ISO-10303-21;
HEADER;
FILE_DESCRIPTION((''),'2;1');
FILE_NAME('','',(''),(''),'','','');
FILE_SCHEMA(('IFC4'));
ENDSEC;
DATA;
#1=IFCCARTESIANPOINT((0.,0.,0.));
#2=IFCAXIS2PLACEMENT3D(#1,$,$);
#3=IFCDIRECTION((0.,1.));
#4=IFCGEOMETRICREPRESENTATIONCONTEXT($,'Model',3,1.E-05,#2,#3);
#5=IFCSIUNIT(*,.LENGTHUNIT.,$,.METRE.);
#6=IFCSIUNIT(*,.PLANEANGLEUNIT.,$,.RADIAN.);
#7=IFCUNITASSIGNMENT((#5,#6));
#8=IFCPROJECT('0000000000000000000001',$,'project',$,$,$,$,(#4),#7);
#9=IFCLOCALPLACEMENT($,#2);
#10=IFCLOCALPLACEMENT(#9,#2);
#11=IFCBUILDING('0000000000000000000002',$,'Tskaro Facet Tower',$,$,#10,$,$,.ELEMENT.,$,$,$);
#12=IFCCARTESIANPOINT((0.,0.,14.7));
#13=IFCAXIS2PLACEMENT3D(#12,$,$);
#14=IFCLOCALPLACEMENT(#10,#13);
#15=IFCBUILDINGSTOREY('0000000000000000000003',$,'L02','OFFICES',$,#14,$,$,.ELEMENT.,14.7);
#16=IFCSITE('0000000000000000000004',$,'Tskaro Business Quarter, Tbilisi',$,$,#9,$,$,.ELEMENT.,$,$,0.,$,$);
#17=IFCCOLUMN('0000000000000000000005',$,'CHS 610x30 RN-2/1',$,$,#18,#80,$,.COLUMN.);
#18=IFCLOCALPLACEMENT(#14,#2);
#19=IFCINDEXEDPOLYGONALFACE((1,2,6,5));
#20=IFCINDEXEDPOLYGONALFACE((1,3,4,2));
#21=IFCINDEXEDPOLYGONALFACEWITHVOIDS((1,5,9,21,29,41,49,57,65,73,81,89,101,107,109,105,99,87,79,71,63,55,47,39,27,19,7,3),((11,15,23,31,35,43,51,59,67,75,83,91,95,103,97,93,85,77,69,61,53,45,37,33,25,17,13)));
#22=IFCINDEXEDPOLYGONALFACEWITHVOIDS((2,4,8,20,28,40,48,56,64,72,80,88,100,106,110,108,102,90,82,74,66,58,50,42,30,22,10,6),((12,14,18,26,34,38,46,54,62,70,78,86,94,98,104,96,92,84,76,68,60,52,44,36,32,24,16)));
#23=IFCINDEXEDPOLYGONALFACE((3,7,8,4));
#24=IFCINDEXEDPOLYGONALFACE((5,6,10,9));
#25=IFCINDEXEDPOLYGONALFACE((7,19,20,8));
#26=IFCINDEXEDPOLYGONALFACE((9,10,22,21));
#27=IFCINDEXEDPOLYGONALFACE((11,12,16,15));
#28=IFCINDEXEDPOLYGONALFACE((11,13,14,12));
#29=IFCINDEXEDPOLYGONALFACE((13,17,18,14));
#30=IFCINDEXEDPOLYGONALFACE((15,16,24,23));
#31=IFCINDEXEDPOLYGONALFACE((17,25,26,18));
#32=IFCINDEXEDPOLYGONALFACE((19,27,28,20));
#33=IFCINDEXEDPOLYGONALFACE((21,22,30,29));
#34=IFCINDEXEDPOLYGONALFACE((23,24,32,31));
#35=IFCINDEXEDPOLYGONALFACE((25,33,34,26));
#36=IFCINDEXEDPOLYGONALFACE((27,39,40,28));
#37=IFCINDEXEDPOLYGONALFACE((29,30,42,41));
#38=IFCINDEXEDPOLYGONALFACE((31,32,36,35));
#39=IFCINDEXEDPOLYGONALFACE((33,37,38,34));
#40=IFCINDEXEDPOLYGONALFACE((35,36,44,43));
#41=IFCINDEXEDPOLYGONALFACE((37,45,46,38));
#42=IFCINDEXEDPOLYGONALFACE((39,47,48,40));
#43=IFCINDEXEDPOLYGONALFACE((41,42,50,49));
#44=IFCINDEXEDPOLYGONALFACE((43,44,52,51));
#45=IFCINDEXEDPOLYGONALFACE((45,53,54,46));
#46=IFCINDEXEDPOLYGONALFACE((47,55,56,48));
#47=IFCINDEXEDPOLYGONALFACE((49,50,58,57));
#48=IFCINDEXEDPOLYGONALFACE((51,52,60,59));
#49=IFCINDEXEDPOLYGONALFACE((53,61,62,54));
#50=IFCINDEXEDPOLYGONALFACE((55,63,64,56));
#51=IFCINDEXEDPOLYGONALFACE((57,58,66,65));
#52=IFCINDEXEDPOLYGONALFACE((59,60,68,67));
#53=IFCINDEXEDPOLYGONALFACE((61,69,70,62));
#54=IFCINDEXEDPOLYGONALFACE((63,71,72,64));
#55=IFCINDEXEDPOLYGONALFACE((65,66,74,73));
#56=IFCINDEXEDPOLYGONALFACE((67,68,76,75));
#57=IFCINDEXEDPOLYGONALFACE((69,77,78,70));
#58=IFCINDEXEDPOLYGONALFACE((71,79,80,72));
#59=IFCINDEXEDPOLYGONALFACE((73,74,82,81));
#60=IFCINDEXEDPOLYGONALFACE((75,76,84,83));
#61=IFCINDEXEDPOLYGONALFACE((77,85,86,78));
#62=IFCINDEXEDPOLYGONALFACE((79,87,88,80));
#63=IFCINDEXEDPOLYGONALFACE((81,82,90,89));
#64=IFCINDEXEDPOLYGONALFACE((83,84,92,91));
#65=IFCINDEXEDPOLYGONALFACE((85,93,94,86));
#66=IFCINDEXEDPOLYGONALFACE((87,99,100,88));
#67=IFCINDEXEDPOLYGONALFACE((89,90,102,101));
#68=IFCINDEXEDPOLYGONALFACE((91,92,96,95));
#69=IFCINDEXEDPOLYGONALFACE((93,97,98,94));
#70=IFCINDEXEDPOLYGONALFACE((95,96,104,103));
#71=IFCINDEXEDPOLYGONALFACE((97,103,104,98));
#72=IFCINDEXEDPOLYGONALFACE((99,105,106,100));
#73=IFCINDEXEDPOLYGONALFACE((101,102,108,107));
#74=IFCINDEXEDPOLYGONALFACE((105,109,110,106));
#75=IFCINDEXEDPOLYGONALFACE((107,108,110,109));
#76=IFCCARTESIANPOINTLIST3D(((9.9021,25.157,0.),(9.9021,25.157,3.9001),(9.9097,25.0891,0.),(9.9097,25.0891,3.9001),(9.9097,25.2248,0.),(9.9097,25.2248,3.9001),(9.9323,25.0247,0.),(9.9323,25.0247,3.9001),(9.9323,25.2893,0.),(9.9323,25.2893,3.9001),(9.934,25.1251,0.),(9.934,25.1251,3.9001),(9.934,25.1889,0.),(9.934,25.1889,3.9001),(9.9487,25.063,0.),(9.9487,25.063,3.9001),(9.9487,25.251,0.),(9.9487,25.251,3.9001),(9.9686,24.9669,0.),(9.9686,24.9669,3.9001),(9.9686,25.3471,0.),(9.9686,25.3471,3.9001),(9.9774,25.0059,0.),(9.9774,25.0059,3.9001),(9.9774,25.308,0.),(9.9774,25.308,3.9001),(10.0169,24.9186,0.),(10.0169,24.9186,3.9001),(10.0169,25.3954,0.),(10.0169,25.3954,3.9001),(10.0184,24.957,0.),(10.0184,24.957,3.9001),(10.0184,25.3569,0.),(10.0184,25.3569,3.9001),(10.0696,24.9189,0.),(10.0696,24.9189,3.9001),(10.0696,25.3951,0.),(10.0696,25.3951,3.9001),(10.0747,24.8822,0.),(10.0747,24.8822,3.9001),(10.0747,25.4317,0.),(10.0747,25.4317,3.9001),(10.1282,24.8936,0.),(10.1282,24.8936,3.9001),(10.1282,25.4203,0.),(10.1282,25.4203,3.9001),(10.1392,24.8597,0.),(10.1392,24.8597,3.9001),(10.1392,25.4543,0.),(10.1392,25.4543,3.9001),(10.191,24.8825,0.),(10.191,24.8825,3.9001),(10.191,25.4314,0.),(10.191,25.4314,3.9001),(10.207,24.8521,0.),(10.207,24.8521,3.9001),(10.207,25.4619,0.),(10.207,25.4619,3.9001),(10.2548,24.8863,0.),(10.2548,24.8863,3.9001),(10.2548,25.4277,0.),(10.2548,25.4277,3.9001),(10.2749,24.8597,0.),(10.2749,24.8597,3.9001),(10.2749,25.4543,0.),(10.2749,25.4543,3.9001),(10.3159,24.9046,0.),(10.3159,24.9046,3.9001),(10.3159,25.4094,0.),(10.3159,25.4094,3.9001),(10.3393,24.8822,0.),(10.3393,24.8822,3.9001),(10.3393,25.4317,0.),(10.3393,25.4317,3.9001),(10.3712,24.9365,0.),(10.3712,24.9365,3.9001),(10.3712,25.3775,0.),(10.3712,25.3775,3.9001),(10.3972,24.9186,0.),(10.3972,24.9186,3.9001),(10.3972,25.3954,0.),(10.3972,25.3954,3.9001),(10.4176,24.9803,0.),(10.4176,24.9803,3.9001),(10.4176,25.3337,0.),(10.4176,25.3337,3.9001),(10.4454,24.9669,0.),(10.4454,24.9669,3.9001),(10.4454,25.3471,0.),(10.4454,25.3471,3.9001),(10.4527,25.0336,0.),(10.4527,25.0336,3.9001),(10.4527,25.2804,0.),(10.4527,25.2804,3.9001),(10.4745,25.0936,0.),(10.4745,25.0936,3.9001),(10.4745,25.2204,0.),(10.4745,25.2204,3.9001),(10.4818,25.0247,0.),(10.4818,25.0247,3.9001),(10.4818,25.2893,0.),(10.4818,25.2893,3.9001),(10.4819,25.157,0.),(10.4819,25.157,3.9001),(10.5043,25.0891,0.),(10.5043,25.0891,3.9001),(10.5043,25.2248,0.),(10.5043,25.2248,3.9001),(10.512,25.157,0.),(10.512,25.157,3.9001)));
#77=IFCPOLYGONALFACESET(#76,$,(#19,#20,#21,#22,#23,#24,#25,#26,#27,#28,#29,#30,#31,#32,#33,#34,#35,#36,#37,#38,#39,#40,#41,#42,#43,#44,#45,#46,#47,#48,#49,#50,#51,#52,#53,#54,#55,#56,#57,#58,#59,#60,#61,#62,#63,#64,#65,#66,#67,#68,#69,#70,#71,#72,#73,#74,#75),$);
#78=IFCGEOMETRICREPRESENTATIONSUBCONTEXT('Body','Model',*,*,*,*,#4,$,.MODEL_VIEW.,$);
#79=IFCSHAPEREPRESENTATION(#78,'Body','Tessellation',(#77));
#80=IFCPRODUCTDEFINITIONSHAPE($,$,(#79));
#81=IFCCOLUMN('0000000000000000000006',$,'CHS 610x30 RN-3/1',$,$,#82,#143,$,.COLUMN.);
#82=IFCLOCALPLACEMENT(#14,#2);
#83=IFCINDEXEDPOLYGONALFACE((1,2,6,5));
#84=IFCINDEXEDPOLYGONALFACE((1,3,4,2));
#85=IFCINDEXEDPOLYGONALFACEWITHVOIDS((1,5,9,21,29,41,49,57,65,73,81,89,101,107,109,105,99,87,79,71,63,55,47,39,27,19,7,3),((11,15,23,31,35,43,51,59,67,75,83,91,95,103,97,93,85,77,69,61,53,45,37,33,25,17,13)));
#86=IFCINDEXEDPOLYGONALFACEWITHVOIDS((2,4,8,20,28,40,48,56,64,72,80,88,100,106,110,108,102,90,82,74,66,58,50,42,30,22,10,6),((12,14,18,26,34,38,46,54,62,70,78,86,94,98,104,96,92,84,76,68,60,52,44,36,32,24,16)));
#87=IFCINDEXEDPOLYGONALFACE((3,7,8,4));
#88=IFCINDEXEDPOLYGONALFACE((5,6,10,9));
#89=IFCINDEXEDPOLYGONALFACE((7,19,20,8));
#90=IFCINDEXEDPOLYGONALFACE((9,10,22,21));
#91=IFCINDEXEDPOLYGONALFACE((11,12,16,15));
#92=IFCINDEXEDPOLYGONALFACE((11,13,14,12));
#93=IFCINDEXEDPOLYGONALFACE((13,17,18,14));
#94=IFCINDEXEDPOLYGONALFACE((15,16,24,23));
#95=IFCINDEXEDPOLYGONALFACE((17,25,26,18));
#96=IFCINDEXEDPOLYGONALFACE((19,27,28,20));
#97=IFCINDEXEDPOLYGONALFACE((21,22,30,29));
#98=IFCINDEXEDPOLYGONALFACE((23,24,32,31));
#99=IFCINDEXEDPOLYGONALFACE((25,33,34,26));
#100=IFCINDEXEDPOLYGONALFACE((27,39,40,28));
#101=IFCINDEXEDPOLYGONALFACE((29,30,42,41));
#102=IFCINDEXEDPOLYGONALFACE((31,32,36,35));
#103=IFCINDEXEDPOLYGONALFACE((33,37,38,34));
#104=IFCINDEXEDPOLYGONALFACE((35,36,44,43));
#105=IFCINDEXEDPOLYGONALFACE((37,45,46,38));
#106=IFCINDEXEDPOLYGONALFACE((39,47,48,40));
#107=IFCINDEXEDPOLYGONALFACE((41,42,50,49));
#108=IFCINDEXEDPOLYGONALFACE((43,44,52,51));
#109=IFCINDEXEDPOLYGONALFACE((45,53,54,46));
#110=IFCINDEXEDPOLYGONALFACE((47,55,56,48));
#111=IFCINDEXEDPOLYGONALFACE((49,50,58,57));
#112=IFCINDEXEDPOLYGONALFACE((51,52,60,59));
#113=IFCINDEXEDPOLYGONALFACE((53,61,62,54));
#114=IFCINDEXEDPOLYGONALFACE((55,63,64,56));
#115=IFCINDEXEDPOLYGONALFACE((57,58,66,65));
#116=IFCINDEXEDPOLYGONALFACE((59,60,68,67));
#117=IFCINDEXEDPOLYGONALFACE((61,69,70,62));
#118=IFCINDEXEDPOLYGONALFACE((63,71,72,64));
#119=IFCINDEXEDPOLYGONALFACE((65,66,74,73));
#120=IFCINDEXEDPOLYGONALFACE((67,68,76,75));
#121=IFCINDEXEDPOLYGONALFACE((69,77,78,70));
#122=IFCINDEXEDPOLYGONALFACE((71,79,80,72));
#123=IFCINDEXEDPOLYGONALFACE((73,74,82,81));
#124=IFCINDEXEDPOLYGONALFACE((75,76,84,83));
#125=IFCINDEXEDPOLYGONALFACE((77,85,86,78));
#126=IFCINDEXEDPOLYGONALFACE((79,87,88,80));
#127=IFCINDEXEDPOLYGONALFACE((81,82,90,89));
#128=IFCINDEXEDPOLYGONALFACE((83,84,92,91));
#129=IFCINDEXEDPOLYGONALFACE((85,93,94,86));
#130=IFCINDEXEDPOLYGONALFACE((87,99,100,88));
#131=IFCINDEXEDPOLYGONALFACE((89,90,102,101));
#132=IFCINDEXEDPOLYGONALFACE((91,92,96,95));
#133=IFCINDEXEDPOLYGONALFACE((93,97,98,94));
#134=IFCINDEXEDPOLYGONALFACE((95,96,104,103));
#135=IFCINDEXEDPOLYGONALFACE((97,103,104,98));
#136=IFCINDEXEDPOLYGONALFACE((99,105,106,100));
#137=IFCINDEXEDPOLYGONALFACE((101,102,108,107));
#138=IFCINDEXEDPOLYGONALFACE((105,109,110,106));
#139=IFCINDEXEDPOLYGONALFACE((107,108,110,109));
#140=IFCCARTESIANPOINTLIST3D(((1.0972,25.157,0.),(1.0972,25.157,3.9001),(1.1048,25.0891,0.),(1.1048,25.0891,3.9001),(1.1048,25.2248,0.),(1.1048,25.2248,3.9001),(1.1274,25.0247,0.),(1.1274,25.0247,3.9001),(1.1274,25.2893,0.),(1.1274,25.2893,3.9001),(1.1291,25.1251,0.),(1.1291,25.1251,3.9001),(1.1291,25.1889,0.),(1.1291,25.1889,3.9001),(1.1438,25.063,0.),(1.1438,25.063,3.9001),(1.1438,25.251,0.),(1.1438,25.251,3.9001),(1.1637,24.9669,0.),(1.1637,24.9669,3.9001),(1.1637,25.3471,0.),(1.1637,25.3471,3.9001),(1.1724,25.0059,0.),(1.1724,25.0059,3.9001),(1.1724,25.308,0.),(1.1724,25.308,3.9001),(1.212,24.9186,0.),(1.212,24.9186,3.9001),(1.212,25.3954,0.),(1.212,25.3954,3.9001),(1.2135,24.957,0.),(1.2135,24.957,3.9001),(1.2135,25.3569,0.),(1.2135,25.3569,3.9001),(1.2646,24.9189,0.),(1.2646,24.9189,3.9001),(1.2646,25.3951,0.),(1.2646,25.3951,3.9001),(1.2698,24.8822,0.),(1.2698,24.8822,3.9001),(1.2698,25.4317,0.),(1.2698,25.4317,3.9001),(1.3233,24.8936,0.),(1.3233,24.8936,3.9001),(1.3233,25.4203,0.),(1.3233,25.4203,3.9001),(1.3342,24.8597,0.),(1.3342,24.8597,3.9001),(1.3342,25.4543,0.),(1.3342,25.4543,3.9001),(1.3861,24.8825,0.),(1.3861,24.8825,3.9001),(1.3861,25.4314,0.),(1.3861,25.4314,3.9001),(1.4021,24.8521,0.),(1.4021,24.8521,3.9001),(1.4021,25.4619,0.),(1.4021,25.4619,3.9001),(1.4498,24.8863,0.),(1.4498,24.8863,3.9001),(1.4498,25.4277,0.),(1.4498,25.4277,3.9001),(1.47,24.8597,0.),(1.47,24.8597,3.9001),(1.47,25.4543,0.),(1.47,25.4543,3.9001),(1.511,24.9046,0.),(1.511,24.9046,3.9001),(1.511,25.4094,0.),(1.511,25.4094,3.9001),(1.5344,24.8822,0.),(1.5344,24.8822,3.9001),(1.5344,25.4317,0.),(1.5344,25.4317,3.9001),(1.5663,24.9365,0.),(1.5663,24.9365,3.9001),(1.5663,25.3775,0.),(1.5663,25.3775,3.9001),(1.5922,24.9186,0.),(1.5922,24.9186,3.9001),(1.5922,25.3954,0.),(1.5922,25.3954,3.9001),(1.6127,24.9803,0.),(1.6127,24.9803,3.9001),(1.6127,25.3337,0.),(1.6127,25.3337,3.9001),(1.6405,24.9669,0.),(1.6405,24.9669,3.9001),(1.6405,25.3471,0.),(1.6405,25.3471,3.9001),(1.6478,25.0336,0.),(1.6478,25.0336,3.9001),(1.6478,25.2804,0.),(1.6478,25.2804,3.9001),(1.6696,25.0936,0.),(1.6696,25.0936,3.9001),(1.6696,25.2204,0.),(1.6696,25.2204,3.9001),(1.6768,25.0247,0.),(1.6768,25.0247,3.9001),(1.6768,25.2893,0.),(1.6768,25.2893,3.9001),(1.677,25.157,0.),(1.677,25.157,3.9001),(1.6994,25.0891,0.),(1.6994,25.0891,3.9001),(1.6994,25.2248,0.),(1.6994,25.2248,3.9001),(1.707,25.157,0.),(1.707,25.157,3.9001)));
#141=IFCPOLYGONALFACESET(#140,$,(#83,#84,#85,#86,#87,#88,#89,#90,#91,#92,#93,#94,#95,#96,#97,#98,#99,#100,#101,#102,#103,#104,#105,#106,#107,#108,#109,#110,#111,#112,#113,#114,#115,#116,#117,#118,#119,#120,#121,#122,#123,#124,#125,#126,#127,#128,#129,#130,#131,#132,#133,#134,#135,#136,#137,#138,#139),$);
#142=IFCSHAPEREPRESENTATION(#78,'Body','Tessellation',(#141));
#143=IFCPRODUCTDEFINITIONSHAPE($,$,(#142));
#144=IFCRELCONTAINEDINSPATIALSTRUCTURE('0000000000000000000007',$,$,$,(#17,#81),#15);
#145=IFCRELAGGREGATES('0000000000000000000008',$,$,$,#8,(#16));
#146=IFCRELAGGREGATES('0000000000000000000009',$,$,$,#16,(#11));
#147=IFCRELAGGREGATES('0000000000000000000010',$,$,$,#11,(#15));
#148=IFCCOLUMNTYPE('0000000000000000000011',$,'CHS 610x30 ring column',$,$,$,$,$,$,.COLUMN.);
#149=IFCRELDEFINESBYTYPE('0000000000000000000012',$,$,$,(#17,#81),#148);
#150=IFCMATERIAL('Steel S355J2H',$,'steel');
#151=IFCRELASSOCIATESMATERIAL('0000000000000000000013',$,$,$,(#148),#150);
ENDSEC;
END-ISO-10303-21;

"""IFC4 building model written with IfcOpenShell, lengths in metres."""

from ifc_helpers import new_model, si_unit, direction, frame, origin, origin_2d, place, context, subcontext, project, spatial, hollow_circle, extrude, material, material_profile, profile_set, type_object, element, save


model = new_model("IFC4")

# Units and contexts
model_context = context("Model", 3, precision=1e-05, world=origin(), true_north=direction((0.0, 1.0)))
body_context = subcontext(model_context, "Body", "Model", "MODEL_VIEW")
ifc_project = project(units=[si_unit("LENGTHUNIT", "METRE"), si_unit("PLANEANGLEUNIT", "RADIAN")], contexts=[model_context])

# Site, building, storey
site_placement = place(None, origin())
site = spatial("IfcSite", under=ifc_project, at=site_placement, Name="Tskaro Business Quarter, Tbilisi", CompositionType="ELEMENT", RefElevation=0.0)
building_placement = place(site_placement, origin())
building = spatial("IfcBuilding", under=site, at=building_placement, Name="Tskaro Facet Tower", CompositionType="ELEMENT")
storey_placement = place(building_placement, frame((0.0, 0.0, 14.7)))
storey = spatial("IfcBuildingStorey", under=building, at=storey_placement, Name="L02", Description="OFFICES", CompositionType="ELEMENT", Elevation=14.7)

# Columns
ifc_material_1 = material(Name="Steel S355J2H", Category="steel")
ifc_material_profile_1 = material_profile(ifc_material_1, hollow_circle(Radius=0.3049, WallThickness=0.03, at=origin_2d()), Name="CHS 610x30")
ifc_profile_set_1 = profile_set([ifc_material_profile_1], Name="Steel S355J2H")
column_type_1 = type_object("IfcColumnType", Name="CHS 610x30 ring column", PredefinedType="COLUMN", material=ifc_profile_set_1)
for number, where, z_axis, x_axis, name in (
    (1, (10.207, 25.157, 0.0), (0.0, 0.0, 1.0), (1.0, 0.0, 0.0), "CHS 610x30 RN-2/1"),
    (2, (1.4021, 25.157, 0.0), (0.0, 0.0, 1.0), (1.0, 0.0, 0.0), "CHS 610x30 RN-3/1"),
):
    element("IfcColumn", number, at=place(storey_placement, frame(where, z_axis=z_axis, x_axis=x_axis)), inside=storey, type_object=column_type_1, Name=name, PredefinedType="COLUMN", context=body_context, shape_type="SweptSolid", body=[
        extrude(hollow_circle(Radius=0.3049, WallThickness=0.03, at=origin_2d()), origin(), (0.0, 0.0, 1.0), 3.9001),
    ])

save(model, "model.ifc")
